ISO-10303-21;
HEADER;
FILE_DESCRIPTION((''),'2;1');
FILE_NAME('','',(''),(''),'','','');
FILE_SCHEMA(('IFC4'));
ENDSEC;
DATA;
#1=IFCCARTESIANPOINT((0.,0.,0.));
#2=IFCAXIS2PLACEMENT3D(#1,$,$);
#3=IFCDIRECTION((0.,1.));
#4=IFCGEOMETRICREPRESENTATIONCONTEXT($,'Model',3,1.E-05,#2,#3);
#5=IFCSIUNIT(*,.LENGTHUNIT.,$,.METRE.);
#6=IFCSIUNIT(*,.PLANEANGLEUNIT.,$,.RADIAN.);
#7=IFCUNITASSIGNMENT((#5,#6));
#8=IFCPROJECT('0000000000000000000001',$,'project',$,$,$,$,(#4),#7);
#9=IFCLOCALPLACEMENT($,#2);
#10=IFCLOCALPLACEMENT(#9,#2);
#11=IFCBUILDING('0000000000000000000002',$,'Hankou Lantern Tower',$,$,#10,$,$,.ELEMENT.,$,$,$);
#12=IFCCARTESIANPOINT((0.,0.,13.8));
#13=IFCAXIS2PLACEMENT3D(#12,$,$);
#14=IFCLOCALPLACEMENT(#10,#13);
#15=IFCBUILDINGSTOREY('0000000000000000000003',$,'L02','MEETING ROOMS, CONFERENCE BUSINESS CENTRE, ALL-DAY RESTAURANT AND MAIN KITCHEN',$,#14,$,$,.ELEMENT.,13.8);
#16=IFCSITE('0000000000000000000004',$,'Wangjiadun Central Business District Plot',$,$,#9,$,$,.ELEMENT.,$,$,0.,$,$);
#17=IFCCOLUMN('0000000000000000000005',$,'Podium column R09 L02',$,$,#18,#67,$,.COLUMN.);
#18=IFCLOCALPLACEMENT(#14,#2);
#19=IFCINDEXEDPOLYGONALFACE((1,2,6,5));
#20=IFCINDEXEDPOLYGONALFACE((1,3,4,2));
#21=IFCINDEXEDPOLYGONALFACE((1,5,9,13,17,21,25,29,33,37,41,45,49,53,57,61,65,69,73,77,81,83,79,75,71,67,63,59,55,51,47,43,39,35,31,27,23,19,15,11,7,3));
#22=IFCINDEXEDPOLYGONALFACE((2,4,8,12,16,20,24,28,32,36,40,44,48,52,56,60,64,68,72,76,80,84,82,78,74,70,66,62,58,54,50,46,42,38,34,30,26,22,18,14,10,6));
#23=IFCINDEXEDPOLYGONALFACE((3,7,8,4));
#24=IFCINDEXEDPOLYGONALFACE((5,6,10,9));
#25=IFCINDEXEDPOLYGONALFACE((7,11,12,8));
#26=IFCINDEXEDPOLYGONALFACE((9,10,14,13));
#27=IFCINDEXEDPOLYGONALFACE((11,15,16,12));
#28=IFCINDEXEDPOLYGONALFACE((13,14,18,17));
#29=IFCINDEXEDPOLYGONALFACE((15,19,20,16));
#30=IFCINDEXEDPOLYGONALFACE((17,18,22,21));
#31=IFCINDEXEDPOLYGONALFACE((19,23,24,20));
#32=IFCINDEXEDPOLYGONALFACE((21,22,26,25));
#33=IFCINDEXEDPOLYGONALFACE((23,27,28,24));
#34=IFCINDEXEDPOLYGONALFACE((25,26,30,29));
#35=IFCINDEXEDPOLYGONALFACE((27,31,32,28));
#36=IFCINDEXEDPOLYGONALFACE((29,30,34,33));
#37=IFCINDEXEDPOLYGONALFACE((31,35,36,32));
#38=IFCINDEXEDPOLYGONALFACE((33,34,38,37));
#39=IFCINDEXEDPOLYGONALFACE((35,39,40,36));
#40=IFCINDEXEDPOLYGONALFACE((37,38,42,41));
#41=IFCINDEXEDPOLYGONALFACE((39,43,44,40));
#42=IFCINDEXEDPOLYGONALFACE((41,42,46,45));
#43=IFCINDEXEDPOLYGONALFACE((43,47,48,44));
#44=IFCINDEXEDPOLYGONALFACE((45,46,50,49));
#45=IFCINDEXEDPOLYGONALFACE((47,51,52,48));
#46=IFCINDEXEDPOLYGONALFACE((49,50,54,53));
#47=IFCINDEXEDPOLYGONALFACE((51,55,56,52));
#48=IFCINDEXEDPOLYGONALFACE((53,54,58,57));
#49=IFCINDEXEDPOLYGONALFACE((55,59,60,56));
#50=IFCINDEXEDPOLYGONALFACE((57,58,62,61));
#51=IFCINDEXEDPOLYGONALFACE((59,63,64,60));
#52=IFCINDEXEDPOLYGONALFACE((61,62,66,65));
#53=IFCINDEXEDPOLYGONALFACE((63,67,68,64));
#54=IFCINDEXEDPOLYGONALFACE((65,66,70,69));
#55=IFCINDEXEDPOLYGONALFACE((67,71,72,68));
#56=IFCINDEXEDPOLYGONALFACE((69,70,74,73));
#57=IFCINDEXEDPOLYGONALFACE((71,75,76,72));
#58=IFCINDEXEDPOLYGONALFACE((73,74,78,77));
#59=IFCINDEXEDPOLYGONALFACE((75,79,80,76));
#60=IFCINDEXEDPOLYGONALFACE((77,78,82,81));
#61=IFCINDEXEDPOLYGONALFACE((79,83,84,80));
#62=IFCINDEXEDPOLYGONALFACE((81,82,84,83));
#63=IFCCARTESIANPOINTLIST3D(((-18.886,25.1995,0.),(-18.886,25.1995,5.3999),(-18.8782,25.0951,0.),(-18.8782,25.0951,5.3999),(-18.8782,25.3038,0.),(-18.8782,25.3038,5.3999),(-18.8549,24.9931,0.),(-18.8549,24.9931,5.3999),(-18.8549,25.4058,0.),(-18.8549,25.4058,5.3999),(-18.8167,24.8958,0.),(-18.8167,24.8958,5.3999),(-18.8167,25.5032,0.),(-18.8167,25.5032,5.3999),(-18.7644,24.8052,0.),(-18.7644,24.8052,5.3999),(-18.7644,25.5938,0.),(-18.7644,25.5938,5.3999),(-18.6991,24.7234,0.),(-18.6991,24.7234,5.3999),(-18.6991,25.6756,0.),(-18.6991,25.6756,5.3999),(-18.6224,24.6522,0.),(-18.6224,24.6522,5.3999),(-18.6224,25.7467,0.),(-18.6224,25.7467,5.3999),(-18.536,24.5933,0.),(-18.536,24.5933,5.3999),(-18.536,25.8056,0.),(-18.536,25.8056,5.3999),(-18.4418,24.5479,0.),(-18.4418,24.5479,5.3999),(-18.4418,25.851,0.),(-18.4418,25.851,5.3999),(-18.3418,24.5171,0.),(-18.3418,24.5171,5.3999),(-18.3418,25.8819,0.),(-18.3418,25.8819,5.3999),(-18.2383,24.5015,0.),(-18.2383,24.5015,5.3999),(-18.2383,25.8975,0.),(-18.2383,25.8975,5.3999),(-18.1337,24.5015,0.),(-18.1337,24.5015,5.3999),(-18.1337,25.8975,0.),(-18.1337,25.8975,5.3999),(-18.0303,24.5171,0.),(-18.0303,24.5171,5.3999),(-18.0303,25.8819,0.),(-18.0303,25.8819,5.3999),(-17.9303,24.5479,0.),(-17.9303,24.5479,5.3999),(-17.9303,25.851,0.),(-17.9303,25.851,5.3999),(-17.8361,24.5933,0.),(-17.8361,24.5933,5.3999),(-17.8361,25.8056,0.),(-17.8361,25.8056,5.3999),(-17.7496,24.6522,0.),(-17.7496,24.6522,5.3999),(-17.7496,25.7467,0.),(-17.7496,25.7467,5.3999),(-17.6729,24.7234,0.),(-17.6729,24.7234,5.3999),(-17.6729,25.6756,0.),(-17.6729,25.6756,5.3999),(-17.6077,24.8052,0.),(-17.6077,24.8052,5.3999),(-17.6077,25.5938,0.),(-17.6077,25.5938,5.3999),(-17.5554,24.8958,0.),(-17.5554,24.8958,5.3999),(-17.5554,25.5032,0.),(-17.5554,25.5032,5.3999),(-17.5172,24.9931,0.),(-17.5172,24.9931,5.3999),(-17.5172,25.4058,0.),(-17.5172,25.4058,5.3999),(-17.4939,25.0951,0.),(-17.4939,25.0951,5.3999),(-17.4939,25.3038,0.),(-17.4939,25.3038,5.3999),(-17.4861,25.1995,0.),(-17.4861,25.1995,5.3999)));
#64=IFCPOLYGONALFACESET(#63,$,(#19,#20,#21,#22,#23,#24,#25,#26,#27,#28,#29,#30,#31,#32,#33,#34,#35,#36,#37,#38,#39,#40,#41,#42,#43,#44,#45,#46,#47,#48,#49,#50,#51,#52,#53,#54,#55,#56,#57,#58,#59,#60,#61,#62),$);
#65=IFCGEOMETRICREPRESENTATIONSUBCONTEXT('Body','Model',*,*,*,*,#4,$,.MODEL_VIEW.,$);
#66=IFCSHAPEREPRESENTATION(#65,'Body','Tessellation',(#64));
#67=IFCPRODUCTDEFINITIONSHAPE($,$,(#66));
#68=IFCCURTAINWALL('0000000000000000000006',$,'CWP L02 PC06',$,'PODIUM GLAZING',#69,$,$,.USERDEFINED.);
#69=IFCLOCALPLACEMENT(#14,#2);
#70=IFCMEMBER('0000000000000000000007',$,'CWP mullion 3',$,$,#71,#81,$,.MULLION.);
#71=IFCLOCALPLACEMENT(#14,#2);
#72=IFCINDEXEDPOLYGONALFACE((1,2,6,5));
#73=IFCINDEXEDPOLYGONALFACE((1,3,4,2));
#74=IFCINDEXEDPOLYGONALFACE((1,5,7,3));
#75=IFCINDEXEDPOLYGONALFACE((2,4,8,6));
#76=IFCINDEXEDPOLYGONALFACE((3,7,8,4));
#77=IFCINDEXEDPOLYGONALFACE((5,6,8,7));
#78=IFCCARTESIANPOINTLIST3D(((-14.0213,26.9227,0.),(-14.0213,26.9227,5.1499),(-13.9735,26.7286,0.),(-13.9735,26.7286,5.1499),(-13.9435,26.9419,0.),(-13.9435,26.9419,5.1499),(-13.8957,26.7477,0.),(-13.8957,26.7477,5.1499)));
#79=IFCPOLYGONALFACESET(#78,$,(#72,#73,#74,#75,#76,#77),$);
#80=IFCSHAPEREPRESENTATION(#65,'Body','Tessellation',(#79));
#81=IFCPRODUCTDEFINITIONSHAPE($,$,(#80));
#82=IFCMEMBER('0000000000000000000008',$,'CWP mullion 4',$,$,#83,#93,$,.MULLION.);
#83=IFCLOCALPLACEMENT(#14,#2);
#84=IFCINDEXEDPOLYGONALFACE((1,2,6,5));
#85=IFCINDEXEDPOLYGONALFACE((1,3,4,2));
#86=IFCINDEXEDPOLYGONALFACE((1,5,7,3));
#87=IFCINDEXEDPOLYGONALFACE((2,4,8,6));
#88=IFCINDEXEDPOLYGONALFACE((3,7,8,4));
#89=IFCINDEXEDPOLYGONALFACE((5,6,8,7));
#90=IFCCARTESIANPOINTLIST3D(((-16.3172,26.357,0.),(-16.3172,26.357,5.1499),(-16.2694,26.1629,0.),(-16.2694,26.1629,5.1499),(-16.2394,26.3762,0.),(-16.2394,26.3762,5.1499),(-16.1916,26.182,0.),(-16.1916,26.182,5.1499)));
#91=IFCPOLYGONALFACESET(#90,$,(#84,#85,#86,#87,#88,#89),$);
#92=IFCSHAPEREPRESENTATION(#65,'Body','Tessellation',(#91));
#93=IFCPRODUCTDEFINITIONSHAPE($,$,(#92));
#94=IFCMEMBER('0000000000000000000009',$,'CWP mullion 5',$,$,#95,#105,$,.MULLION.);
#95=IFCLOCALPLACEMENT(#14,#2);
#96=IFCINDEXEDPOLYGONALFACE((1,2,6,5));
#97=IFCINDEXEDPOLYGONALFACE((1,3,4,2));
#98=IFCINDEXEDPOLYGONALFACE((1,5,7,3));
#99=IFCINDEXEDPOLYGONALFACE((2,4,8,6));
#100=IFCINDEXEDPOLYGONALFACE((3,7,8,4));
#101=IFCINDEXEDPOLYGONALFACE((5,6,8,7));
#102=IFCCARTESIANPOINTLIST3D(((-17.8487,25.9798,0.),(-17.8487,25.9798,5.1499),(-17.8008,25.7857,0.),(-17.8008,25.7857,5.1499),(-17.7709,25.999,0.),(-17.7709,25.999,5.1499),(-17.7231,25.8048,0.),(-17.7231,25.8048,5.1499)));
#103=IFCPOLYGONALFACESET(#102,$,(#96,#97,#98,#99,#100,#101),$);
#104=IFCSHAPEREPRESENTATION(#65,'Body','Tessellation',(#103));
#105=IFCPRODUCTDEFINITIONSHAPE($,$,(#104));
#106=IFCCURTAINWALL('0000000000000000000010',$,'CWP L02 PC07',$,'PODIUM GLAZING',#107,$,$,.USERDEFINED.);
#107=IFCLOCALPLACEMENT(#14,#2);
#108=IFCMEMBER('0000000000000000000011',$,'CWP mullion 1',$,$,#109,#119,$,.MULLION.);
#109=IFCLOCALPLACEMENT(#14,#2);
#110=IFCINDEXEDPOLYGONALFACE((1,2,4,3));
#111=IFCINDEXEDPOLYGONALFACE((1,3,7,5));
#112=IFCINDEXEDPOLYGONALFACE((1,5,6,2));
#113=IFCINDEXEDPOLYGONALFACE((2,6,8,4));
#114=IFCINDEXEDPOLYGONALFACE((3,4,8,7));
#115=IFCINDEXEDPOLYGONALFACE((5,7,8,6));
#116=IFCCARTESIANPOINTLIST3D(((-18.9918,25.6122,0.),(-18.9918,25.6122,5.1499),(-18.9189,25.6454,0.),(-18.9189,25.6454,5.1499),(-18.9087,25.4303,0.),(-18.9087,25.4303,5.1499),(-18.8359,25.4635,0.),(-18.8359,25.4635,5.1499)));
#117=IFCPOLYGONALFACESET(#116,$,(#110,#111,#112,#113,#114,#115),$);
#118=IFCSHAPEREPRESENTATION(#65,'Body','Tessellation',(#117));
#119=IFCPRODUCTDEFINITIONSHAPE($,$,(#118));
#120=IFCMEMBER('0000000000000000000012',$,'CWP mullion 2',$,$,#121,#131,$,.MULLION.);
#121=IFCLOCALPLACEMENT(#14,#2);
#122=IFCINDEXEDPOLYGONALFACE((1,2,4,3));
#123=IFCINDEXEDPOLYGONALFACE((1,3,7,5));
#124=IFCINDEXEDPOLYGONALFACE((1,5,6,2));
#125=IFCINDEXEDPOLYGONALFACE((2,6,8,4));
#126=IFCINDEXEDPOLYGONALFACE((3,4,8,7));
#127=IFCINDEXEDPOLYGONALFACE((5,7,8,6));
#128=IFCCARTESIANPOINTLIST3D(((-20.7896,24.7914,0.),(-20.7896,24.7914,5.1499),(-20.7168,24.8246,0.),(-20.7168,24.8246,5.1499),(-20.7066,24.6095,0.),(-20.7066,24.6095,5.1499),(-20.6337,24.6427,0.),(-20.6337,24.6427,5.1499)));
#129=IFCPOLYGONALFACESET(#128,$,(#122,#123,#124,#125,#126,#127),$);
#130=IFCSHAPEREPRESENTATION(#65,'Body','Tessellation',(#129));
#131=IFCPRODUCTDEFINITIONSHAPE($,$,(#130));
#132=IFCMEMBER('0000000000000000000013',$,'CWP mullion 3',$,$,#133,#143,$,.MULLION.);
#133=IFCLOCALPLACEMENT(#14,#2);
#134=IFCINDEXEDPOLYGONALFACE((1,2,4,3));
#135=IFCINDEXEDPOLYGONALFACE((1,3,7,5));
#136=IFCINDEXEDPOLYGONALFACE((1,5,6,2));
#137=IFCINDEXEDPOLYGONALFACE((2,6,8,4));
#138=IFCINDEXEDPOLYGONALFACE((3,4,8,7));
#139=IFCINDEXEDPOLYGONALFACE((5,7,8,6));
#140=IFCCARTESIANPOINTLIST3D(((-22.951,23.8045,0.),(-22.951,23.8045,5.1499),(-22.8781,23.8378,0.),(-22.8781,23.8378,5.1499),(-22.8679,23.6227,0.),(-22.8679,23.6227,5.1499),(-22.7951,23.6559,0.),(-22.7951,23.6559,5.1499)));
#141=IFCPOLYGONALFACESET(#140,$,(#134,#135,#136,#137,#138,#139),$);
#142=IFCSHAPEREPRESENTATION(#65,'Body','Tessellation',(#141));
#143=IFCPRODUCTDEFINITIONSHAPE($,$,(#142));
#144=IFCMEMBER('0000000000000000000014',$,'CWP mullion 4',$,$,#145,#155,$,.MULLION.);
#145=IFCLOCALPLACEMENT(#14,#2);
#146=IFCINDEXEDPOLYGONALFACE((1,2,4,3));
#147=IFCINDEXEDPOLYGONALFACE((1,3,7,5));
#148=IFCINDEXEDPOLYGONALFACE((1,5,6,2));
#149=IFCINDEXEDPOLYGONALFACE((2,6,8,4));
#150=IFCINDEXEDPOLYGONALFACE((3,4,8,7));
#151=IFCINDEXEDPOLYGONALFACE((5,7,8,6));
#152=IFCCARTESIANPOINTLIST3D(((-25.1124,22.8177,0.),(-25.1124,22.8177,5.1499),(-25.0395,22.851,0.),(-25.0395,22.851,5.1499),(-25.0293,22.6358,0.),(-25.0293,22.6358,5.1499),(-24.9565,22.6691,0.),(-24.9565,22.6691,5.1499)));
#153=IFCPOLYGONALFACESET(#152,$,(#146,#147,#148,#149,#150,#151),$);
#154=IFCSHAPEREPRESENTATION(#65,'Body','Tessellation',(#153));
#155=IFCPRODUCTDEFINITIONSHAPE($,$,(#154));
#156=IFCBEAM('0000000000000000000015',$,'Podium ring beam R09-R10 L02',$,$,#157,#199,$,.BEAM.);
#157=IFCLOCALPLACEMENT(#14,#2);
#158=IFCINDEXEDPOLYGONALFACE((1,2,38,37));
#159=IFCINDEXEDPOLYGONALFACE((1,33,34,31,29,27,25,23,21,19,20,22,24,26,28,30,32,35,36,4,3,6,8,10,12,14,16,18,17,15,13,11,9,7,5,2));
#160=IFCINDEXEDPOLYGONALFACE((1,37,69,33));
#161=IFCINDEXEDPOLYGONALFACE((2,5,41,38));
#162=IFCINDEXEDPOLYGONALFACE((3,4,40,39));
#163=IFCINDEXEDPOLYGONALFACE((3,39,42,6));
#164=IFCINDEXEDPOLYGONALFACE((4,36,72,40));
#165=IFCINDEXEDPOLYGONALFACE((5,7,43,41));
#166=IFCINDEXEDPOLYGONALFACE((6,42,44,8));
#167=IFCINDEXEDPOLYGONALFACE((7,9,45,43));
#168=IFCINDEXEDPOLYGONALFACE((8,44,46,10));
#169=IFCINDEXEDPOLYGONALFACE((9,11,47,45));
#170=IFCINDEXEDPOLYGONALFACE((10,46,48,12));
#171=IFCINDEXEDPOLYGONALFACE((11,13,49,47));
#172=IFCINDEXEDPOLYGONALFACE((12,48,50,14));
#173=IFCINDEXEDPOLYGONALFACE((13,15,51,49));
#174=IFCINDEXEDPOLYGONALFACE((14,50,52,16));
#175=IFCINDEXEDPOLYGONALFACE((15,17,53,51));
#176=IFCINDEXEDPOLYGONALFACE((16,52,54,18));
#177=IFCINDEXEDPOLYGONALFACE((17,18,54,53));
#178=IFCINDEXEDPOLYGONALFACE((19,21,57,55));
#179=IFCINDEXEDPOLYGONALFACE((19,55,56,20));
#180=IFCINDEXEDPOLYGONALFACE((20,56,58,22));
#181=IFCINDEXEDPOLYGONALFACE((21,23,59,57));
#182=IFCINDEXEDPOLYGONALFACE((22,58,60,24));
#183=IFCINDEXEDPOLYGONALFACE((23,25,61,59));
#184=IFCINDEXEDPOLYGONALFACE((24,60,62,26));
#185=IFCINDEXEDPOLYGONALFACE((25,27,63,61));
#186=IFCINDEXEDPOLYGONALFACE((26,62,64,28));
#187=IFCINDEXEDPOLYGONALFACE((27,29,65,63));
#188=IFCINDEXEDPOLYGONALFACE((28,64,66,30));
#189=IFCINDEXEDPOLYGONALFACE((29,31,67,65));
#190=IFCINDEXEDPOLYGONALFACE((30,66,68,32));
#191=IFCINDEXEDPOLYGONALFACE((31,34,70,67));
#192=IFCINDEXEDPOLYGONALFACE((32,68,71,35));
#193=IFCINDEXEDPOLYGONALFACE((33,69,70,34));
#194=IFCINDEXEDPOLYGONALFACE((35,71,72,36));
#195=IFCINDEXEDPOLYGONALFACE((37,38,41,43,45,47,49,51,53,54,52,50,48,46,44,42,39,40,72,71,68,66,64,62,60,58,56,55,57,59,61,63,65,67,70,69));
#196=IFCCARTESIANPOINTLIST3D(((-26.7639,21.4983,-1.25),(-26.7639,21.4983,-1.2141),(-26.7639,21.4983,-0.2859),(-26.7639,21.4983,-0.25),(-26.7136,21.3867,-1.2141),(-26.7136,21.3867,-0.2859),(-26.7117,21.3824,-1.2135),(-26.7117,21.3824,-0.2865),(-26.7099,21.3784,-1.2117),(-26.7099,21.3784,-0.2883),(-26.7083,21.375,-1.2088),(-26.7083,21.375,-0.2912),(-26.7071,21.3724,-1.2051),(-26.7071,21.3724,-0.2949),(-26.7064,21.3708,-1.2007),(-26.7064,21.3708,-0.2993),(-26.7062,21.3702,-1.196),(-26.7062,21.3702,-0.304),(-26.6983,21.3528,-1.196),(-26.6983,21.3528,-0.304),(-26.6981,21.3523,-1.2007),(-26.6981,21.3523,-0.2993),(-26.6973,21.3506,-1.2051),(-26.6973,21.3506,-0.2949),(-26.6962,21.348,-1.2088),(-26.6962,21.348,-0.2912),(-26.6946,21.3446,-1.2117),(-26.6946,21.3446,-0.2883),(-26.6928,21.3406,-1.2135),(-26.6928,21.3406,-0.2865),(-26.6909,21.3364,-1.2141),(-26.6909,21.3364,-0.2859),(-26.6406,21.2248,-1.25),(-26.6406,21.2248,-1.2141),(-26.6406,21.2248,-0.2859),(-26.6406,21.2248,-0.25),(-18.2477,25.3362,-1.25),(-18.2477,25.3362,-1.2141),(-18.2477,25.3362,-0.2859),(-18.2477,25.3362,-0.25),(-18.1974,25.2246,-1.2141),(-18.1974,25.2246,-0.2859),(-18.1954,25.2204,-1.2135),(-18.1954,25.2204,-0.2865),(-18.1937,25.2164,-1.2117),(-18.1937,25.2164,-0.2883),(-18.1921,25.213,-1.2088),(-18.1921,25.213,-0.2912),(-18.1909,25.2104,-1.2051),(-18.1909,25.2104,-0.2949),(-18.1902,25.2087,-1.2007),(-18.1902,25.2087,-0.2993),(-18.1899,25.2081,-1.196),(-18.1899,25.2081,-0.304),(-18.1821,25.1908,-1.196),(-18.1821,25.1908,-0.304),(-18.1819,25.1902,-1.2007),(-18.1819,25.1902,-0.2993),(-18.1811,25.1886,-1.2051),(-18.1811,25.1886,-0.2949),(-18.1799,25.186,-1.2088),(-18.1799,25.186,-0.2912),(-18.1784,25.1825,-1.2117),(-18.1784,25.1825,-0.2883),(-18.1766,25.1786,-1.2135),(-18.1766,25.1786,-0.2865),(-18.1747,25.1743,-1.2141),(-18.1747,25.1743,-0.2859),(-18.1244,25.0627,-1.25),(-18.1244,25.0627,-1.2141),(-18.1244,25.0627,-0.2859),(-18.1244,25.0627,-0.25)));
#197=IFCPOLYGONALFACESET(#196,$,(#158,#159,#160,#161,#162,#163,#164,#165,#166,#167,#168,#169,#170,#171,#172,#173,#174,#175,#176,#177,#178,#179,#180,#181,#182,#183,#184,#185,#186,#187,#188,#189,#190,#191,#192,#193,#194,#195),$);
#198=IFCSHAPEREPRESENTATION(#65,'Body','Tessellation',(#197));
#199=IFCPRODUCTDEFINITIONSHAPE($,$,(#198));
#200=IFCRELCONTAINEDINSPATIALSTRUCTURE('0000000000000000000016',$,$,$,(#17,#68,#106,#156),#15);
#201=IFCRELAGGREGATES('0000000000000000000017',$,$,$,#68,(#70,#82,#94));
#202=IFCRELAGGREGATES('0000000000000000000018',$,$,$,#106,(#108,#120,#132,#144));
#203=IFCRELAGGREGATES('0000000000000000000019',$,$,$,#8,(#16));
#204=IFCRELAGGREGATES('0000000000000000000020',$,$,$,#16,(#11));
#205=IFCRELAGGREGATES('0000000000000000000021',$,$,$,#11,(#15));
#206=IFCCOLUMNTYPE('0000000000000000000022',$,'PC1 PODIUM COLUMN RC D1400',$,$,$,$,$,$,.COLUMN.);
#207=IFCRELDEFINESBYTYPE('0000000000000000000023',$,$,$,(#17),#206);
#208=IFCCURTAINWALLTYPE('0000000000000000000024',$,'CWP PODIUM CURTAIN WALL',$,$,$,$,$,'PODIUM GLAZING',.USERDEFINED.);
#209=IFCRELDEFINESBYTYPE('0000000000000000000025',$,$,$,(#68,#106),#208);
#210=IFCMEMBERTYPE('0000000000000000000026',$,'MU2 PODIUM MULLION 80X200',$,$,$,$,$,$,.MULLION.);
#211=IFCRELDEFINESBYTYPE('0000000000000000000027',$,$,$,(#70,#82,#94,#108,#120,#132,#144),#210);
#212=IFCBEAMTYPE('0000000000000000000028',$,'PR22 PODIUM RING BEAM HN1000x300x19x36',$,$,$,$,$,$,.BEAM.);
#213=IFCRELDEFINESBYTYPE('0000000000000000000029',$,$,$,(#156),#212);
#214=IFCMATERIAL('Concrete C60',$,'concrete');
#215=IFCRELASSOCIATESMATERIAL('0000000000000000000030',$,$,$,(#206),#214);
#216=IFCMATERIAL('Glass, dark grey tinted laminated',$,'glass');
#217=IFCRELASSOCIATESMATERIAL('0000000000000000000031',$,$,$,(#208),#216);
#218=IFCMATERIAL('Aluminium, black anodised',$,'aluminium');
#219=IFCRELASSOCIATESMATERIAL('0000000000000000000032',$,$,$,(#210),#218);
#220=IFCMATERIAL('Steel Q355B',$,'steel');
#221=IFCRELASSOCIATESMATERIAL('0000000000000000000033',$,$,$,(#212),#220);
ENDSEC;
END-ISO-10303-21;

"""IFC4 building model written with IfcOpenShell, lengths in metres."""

from ifc_helpers import new_model, si_unit, direction, frame, origin, origin_2d, place, context, subcontext, project, spatial, rectangle, circle, i_section, extrude, material, material_profile, profile_set, type_object, element, aggregate, save


model = new_model("IFC4")

# Units and contexts
model_context = context("Model", 3, precision=1e-05, world=origin(), true_north=direction((0.0, 1.0)))
body_context = subcontext(model_context, "Body", "Model", "MODEL_VIEW")
ifc_project = project(units=[si_unit("LENGTHUNIT", "METRE"), si_unit("PLANEANGLEUNIT", "RADIAN")], contexts=[model_context])

# Site, building, storey
site_placement = place(None, origin())
site = spatial("IfcSite", under=ifc_project, at=site_placement, Name="Wangjiadun Central Business District Plot", CompositionType="ELEMENT", RefElevation=0.0)
building_placement = place(site_placement, origin())
building = spatial("IfcBuilding", under=site, at=building_placement, Name="Hankou Lantern Tower", CompositionType="ELEMENT")
storey_placement = place(building_placement, frame((0.0, 0.0, 13.8)))
storey = spatial("IfcBuildingStorey", under=building, at=storey_placement, Name="L02", Description="MEETING ROOMS, CONFERENCE BUSINESS CENTRE, ALL-DAY RESTAURANT AND MAIN KITCHEN", CompositionType="ELEMENT", Elevation=13.8)

# Column
ifc_material_1 = material(Name="Concrete C60", Category="concrete")
ifc_material_profile_1 = material_profile(ifc_material_1, circle(Radius=0.7, at=origin_2d()), Name="RC D1400")
ifc_profile_set_1 = profile_set([ifc_material_profile_1], Name="Concrete C60")
column_type = type_object("IfcColumnType", Name="PC1 PODIUM COLUMN RC D1400", PredefinedType="COLUMN", material=ifc_profile_set_1)
column_placement = place(storey_placement, frame((-18.186, 25.1995, 0.0), z_axis=(0.0, 0.0, 1.0), x_axis=(1.0, 0.0, 0.0)))
element("IfcColumn", 1, at=column_placement, inside=storey, type_object=column_type, Name="Podium column R09 L02", PredefinedType="COLUMN", context=body_context, shape_type="SweptSolid", body=[
    extrude(circle(Radius=0.7, at=origin_2d()), origin(), (0.0, 0.0, 1.0), 5.3999),
])

# Curtain walls, members
ifc_material_2 = material(Name="Glass, dark grey tinted laminated", Category="glass")
curtain_wall_type = type_object("IfcCurtainWallType", Name="CWP PODIUM CURTAIN WALL", ElementType="PODIUM GLAZING", PredefinedType="USERDEFINED", material=ifc_material_2)
curtain_wall_1_placement = place(storey_placement, origin())
curtain_wall_1 = element("IfcCurtainWall", 2, at=curtain_wall_1_placement, inside=storey, type_object=curtain_wall_type, Name="CWP L02 PC06", ObjectType="PODIUM GLAZING", PredefinedType="USERDEFINED")
ifc_material_3 = material(Name="Aluminium, black anodised", Category="aluminium")
ifc_material_profile_2 = material_profile(ifc_material_3, rectangle(XDim=0.0801, YDim=0.2, at=origin_2d()), Name="MU2 80X200")
ifc_profile_set_2 = profile_set([ifc_material_profile_2], Name="Aluminium, black anodised")
member_type_1 = type_object("IfcMemberType", Name="MU2 PODIUM MULLION 80X200", PredefinedType="MULLION", material=ifc_profile_set_2)
member_1_placement = place(storey_placement, frame((-13.9585, 26.8352, 0.0), z_axis=(0.0, 0.0, 1.0), x_axis=(-0.970961, -0.239238, 0.0)))
member_1 = element("IfcMember", 3, at=member_1_placement, type_object=member_type_1, Name="CWP mullion 3", PredefinedType="MULLION", context=body_context, shape_type="SweptSolid", body=[
    extrude(rectangle(XDim=0.0801, YDim=0.2, at=origin_2d()), origin(), (0.0, 0.0, 1.0), 5.1499),
])
member_2_placement = place(storey_placement, frame((-16.2544, 26.2695, 0.0), z_axis=(0.0, 0.0, 1.0), x_axis=(-0.970961, -0.239238, 0.0)))
member_2 = element("IfcMember", 4, at=member_2_placement, type_object=member_type_1, Name="CWP mullion 4", PredefinedType="MULLION", context=body_context, shape_type="SweptSolid", body=[
    extrude(rectangle(XDim=0.0801, YDim=0.2, at=origin_2d()), origin(), (0.0, 0.0, 1.0), 5.1499),
])
member_3_placement = place(storey_placement, frame((-17.7859, 25.8923, 0.0), z_axis=(0.0, 0.0, 1.0), x_axis=(-0.970961, -0.239238, 0.0)))
member_3 = element("IfcMember", 5, at=member_3_placement, type_object=member_type_1, Name="CWP mullion 5", PredefinedType="MULLION", context=body_context, shape_type="SweptSolid", body=[
    extrude(rectangle(XDim=0.0801, YDim=0.2, at=origin_2d()), origin(), (0.0, 0.0, 1.0), 5.1499),
])
curtain_wall_2_placement = place(storey_placement, origin())
curtain_wall_2 = element("IfcCurtainWall", 6, at=curtain_wall_2_placement, inside=storey, type_object=curtain_wall_type, Name="CWP L02 PC07", ObjectType="PODIUM GLAZING", PredefinedType="USERDEFINED")
member_4_placement = place(storey_placement, frame((-18.9138, 25.5378, 0.0), z_axis=(0.0, 0.0, 1.0), x_axis=(-0.90967, -0.415332, 0.0)))
member_4 = element("IfcMember", 7, at=member_4_placement, type_object=member_type_1, Name="CWP mullion 1", PredefinedType="MULLION", context=body_context, shape_type="SweptSolid", body=[
    extrude(rectangle(XDim=0.0801, YDim=0.2, at=origin_2d()), origin(), (0.0, 0.0, 1.0), 5.1499),
])
member_5_placement = place(storey_placement, frame((-20.7117, 24.717, 0.0), z_axis=(0.0, 0.0, 1.0), x_axis=(-0.90967, -0.415332, 0.0)))
member_5 = element("IfcMember", 8, at=member_5_placement, type_object=member_type_1, Name="CWP mullion 2", PredefinedType="MULLION", context=body_context, shape_type="SweptSolid", body=[
    extrude(rectangle(XDim=0.0801, YDim=0.2, at=origin_2d()), origin(), (0.0, 0.0, 1.0), 5.1499),
])
member_6_placement = place(storey_placement, frame((-22.873, 23.7302, 0.0), z_axis=(0.0, 0.0, 1.0), x_axis=(-0.90967, -0.415332, 0.0)))
member_6 = element("IfcMember", 9, at=member_6_placement, type_object=member_type_1, Name="CWP mullion 3", PredefinedType="MULLION", context=body_context, shape_type="SweptSolid", body=[
    extrude(rectangle(XDim=0.0801, YDim=0.2, at=origin_2d()), origin(), (0.0, 0.0, 1.0), 5.1499),
])
member_7_placement = place(storey_placement, frame((-25.0344, 22.7434, 0.0), z_axis=(0.0, 0.0, 1.0), x_axis=(-0.90967, -0.415332, 0.0)))
member_7 = element("IfcMember", 10, at=member_7_placement, type_object=member_type_1, Name="CWP mullion 4", PredefinedType="MULLION", context=body_context, shape_type="SweptSolid", body=[
    extrude(rectangle(XDim=0.0801, YDim=0.2, at=origin_2d()), origin(), (0.0, 0.0, 1.0), 5.1499),
])

# Beam
ifc_material_4 = material(Name="Steel Q355B", Category="steel")
ifc_material_profile_3 = material_profile(ifc_material_4, i_section(OverallWidth=0.3, OverallDepth=1.0, WebThickness=0.019, FlangeThickness=0.0359, FilletRadius=0.0181, at=origin_2d()), Name="HN1000x300x19x36")
ifc_profile_set_3 = profile_set([ifc_material_profile_3], Name="Steel Q355B")
beam_type_1 = type_object("IfcBeamType", Name="PR22 PODIUM RING BEAM HN1000x300x19x36", PredefinedType="BEAM", material=ifc_profile_set_3)
beam_1_placement = place(storey_placement, frame((-18.186, 25.1995, -0.75), z_axis=(-0.911695, -0.410867, 0.0), x_axis=(0.410867, -0.911695, 0.0)))
element("IfcBeam", 11, at=beam_1_placement, inside=storey, type_object=beam_type_1, Name="Podium ring beam R09-R10 L02", PredefinedType="BEAM", context=body_context, shape_type="SweptSolid", body=[
    extrude(i_section(OverallWidth=0.3, OverallDepth=1.0, WebThickness=0.019, FlangeThickness=0.0359, FilletRadius=0.0181, at=origin_2d()), origin(), (0.0, 0.0, 1.0), 9.3411),
])

aggregate(curtain_wall_1, [member_1, member_2, member_3])
aggregate(curtain_wall_2, [member_4, member_5, member_6, member_7])

save(model, "model.ifc")
